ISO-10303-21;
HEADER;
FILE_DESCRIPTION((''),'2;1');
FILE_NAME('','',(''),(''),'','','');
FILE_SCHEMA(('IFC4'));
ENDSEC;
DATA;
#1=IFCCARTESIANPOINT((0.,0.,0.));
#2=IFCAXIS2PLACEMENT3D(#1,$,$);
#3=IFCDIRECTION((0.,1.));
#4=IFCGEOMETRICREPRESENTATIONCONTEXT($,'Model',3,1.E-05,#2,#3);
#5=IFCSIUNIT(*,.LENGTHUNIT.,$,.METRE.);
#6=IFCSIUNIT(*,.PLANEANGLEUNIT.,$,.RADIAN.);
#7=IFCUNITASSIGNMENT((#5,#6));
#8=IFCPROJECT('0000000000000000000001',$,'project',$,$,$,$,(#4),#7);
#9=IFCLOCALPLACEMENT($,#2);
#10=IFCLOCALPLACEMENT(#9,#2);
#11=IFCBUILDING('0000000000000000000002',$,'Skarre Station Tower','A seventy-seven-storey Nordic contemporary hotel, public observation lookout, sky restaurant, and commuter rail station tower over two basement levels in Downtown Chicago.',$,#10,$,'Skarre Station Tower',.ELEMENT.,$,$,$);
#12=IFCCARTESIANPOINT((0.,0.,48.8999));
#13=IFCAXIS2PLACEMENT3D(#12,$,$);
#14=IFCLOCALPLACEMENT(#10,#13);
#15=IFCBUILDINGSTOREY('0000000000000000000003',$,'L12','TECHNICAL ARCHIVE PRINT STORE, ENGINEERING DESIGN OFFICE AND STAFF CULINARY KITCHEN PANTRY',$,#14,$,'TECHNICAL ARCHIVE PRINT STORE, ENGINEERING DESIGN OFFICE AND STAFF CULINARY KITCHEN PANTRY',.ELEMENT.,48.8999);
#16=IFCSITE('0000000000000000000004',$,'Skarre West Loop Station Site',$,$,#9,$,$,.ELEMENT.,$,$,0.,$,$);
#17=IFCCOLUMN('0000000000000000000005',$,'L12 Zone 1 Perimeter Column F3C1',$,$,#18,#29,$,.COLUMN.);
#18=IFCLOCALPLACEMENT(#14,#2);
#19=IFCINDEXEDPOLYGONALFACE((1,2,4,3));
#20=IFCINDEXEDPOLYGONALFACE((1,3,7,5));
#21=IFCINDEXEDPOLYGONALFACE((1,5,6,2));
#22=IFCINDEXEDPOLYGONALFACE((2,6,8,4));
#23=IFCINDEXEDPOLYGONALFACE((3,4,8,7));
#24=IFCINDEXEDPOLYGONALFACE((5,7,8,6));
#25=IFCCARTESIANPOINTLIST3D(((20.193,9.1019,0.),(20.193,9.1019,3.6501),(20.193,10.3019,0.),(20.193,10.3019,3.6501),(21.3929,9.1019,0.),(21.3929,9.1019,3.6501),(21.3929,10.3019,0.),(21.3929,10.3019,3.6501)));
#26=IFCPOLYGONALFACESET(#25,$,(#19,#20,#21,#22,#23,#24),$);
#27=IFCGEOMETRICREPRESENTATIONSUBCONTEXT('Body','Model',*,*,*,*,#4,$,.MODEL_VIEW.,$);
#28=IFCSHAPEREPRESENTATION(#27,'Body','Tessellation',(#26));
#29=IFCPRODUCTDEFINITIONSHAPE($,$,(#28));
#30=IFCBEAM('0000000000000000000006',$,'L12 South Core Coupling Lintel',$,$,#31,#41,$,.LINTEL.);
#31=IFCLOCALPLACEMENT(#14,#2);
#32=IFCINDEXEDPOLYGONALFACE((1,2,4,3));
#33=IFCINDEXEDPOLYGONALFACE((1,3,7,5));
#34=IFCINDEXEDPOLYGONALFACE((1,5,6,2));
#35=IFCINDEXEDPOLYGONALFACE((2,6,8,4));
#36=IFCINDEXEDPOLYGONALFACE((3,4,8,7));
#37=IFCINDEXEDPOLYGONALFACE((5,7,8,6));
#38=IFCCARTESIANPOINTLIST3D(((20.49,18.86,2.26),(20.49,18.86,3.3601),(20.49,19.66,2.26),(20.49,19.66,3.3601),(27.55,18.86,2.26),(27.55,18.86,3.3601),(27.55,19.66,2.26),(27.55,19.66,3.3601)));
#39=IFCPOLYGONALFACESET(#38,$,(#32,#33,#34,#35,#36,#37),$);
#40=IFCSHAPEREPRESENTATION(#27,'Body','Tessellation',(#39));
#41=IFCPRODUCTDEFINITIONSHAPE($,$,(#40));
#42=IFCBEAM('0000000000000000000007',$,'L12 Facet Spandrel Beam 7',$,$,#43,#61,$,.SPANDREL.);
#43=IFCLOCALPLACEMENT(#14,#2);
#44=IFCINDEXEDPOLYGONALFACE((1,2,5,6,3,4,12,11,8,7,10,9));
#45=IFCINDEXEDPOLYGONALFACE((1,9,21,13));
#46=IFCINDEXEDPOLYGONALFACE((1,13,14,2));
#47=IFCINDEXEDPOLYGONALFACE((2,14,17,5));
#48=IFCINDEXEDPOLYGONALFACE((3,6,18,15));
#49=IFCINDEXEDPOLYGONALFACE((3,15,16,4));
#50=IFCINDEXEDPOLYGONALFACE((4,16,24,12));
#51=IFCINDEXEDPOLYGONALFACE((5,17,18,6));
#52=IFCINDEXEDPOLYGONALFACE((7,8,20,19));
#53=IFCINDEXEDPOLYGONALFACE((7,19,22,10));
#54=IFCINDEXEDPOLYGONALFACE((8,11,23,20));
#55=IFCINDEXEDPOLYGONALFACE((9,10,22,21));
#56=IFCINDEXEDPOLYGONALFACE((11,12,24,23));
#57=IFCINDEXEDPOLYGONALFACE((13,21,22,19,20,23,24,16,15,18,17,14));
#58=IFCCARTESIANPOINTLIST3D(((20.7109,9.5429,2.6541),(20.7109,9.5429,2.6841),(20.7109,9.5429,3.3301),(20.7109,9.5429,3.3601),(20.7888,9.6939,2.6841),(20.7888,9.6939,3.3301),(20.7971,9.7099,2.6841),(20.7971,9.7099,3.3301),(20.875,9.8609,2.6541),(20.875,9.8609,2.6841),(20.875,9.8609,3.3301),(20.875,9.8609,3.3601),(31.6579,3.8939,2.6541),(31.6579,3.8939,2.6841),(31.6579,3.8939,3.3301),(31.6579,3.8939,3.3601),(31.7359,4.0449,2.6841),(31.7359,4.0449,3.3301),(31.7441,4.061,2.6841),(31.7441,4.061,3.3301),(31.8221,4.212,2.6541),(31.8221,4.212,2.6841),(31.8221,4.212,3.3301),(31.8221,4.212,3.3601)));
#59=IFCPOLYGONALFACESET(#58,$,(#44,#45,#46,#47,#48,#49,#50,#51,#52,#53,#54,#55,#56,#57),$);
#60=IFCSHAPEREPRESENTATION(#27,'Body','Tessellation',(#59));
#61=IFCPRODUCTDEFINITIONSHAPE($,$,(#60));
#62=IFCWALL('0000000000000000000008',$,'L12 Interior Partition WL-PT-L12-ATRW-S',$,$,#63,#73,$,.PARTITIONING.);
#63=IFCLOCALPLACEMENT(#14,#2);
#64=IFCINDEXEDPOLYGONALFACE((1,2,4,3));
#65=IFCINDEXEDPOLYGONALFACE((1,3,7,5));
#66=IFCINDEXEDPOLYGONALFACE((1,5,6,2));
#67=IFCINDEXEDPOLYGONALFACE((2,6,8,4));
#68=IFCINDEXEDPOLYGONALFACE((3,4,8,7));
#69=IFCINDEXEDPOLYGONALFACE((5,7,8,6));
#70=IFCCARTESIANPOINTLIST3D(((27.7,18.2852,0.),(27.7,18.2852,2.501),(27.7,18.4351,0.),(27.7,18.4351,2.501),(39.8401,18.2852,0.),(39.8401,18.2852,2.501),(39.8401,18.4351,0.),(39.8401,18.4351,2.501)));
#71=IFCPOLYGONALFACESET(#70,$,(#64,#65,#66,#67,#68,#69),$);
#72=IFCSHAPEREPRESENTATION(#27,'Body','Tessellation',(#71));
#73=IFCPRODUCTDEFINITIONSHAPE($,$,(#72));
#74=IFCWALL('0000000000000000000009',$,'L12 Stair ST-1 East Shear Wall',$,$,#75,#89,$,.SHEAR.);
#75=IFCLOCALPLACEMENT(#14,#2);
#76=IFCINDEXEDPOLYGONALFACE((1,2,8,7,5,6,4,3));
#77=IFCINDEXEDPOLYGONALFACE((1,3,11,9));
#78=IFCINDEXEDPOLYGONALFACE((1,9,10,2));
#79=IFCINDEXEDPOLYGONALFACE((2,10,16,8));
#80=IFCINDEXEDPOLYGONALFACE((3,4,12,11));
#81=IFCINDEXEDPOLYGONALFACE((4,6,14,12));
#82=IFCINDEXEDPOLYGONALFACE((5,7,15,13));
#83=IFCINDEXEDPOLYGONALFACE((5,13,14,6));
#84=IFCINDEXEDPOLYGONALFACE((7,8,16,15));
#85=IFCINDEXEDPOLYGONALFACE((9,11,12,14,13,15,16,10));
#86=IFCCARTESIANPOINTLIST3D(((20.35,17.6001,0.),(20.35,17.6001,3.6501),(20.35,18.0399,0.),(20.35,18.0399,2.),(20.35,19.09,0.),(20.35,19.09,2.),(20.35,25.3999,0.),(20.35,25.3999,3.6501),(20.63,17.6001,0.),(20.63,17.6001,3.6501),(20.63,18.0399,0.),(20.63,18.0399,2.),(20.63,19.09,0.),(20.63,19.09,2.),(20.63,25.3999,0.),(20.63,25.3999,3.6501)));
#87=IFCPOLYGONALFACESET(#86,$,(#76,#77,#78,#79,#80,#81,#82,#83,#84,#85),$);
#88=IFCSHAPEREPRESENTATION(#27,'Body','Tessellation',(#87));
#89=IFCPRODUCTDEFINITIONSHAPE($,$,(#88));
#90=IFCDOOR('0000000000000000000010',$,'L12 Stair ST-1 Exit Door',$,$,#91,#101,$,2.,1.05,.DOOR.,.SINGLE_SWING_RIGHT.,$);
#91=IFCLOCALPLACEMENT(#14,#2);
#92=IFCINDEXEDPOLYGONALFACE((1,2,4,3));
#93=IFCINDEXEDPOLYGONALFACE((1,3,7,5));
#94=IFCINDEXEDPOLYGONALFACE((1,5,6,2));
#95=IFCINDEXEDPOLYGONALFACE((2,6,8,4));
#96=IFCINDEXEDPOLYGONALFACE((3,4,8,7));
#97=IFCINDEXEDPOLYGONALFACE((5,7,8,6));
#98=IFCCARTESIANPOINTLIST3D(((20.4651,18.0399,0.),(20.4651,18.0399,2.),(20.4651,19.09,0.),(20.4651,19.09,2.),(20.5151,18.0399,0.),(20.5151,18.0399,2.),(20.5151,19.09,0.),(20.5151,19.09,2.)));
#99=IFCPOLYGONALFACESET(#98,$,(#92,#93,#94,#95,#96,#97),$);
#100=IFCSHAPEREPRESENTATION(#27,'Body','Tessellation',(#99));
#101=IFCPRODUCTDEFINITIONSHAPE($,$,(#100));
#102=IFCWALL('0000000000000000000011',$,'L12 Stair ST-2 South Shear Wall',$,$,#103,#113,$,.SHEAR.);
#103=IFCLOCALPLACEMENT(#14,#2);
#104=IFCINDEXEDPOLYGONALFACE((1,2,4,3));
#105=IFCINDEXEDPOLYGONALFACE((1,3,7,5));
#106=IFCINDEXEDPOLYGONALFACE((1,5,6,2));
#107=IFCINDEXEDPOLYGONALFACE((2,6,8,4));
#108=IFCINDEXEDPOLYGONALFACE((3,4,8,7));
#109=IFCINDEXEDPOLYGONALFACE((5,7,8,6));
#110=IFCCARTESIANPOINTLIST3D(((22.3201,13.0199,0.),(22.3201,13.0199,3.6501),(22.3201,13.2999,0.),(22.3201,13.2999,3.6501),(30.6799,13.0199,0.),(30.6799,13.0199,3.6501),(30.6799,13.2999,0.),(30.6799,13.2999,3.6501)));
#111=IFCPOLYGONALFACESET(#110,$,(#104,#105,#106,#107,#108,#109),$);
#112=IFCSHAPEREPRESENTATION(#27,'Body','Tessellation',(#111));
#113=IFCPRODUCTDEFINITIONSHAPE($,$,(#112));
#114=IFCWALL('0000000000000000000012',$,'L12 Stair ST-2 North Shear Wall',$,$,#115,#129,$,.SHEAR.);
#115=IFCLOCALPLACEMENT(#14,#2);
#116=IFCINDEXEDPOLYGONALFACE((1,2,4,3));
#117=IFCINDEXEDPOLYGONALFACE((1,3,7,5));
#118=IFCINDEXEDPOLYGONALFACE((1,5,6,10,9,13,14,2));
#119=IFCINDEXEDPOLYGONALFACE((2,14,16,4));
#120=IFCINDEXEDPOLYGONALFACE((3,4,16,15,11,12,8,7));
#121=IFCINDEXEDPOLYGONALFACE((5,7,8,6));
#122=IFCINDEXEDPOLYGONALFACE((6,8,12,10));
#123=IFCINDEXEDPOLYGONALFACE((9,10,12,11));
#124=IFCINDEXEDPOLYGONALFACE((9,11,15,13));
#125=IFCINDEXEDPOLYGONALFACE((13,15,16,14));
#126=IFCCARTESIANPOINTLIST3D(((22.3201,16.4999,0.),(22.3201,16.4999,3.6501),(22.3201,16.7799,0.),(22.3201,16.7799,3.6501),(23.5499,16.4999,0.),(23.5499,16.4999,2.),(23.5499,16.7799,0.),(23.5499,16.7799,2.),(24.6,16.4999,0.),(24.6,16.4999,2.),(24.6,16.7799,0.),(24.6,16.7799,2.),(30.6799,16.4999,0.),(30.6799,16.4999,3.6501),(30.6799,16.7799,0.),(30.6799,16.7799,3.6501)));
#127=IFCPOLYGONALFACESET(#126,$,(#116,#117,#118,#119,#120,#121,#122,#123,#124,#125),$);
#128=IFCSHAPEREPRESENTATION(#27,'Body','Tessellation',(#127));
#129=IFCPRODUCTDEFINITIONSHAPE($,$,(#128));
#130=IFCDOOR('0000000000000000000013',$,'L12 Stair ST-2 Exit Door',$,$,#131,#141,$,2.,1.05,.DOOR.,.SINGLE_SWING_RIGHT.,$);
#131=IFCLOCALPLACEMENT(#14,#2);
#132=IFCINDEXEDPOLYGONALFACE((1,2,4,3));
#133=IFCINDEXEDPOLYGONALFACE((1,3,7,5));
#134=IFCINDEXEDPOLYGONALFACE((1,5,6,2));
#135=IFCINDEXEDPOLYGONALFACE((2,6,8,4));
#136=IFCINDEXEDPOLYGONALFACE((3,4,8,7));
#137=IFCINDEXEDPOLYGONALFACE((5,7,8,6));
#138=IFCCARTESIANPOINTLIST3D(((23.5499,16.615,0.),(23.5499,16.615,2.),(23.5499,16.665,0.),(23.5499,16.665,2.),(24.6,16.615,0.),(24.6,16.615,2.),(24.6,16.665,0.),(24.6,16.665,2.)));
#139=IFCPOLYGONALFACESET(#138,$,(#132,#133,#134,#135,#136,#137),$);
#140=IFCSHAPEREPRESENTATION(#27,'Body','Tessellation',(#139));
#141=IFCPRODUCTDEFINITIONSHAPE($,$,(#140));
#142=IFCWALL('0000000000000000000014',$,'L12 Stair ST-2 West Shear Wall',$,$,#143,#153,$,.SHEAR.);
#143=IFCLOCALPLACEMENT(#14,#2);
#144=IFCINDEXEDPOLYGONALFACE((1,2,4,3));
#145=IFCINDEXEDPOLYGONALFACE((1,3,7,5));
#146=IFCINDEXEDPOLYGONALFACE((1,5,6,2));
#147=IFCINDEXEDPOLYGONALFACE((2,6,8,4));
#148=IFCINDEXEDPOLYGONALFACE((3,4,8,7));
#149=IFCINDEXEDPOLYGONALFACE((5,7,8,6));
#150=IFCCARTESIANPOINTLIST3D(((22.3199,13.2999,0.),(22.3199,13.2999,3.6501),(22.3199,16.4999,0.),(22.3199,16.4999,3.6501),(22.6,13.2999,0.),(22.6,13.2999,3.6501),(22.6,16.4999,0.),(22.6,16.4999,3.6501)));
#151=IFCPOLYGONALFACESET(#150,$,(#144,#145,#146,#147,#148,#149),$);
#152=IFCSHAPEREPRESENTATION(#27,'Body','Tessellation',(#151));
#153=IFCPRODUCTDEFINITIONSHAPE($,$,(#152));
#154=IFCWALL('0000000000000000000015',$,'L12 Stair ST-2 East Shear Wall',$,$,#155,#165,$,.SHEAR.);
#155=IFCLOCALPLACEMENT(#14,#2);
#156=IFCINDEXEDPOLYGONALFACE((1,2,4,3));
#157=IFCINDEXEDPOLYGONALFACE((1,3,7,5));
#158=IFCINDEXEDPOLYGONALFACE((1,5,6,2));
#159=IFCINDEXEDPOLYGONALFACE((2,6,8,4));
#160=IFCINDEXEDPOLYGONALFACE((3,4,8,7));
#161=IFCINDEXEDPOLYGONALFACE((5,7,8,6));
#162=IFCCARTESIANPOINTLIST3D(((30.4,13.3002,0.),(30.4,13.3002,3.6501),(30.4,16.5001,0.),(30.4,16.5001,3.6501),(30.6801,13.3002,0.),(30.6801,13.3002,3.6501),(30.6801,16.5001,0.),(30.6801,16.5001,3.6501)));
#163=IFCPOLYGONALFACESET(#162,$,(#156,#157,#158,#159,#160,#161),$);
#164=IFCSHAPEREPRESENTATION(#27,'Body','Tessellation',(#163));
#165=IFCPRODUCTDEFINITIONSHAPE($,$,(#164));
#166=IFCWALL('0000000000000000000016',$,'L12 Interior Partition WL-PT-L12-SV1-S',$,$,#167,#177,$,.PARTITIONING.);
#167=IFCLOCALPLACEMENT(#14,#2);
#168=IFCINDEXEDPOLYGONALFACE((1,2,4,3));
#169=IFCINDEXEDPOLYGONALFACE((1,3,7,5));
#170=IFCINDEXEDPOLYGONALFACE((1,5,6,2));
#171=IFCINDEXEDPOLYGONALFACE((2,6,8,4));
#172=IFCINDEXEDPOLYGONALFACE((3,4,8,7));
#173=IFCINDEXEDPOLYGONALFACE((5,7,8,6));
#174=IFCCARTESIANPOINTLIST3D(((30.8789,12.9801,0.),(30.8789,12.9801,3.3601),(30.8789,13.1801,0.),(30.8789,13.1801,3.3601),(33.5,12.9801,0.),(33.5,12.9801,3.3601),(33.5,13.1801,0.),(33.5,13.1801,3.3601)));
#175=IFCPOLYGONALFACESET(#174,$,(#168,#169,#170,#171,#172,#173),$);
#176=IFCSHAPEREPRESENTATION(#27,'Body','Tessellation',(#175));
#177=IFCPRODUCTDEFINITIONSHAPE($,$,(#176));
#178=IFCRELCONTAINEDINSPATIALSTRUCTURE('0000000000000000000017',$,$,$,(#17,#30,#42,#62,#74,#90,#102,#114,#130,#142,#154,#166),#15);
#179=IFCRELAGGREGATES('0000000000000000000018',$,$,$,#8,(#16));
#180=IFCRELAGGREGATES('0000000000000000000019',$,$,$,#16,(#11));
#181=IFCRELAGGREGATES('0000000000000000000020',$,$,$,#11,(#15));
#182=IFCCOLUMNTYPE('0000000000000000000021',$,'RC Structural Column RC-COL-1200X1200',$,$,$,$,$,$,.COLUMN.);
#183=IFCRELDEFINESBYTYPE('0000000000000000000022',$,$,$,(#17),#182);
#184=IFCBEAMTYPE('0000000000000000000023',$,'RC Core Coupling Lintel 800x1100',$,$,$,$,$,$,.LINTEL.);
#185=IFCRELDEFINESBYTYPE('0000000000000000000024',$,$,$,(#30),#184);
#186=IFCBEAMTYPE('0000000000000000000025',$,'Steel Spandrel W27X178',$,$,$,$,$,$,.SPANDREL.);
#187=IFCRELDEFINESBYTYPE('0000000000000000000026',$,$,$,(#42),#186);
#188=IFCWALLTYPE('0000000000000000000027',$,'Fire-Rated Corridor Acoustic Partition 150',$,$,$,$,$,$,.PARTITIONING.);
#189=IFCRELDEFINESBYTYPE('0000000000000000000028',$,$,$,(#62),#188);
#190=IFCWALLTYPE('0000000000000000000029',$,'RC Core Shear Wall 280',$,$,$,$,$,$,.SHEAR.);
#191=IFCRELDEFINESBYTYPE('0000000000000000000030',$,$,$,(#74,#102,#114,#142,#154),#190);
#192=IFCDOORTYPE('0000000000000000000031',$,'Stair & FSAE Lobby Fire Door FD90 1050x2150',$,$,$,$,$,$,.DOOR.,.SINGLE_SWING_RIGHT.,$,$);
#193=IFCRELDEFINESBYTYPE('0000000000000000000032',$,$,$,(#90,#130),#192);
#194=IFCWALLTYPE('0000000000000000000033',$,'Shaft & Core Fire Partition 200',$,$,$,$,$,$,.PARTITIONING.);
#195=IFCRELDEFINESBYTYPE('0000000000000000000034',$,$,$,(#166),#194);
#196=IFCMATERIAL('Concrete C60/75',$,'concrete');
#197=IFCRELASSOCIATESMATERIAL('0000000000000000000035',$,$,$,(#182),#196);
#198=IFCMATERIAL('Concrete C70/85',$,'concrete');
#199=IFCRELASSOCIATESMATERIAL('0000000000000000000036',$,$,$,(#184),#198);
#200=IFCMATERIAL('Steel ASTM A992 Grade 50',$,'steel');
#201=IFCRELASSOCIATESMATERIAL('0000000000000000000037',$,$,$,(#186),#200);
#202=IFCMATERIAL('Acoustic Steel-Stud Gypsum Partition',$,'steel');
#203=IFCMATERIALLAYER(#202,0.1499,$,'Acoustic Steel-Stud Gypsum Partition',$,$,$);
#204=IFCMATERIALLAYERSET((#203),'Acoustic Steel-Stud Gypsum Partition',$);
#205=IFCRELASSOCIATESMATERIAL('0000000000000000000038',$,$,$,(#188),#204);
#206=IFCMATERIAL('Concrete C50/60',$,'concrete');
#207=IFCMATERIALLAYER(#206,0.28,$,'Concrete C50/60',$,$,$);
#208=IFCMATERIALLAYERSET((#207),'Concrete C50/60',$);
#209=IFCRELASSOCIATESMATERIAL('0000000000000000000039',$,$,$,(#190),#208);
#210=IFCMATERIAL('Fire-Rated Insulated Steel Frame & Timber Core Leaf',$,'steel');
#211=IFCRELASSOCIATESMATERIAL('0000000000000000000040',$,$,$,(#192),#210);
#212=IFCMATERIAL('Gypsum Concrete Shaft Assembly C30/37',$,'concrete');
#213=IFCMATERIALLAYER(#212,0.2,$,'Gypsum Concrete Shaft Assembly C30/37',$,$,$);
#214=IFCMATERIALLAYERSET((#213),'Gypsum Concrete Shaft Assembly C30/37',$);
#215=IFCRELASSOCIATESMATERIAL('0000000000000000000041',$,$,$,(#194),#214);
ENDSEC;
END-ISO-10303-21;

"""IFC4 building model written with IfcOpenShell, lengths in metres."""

from ifc_helpers import new_model, si_unit, direction, frame, frame_2d, origin, origin_2d, place, context, subcontext, project, spatial, rectangle, i_section, extrude, material, layer, layer_set, material_profile, profile_set, type_object, element, fill, save


model = new_model("IFC4")

# Units and contexts
model_context = context("Model", 3, precision=1e-05, world=origin(), true_north=direction((0.0, 1.0)))
body_context = subcontext(model_context, "Body", "Model", "MODEL_VIEW")
ifc_project = project(units=[si_unit("LENGTHUNIT", "METRE"), si_unit("PLANEANGLEUNIT", "RADIAN")], contexts=[model_context])

# Site, building, storey
site_placement = place(None, origin())
site = spatial("IfcSite", under=ifc_project, at=site_placement, Name="Skarre West Loop Station Site", CompositionType="ELEMENT", RefElevation=0.0)
building_placement = place(site_placement, origin())
building = spatial("IfcBuilding", under=site, at=building_placement, Name="Skarre Station Tower", Description="A seventy-seven-storey Nordic contemporary hotel, public observation lookout, sky restaurant, and commuter rail station tower over two basement levels in Downtown Chicago.", LongName="Skarre Station Tower", CompositionType="ELEMENT")
storey_placement = place(building_placement, frame((0.0, 0.0, 48.8999)))
storey = spatial("IfcBuildingStorey", under=building, at=storey_placement, Name="L12", Description="TECHNICAL ARCHIVE PRINT STORE, ENGINEERING DESIGN OFFICE AND STAFF CULINARY KITCHEN PANTRY", LongName="TECHNICAL ARCHIVE PRINT STORE, ENGINEERING DESIGN OFFICE AND STAFF CULINARY KITCHEN PANTRY", CompositionType="ELEMENT", Elevation=48.8999)

# Column
ifc_material_1 = material(Name="Concrete C60/75", Category="concrete")
ifc_material_profile_1 = material_profile(ifc_material_1, rectangle(XDim=1.2, YDim=1.2, at=origin_2d()), Name="Concrete C60/75")
ifc_profile_set_1 = profile_set([ifc_material_profile_1], Name="Concrete C60/75")
column_type = type_object("IfcColumnType", Name="RC Structural Column RC-COL-1200X1200", PredefinedType="COLUMN", material=ifc_profile_set_1)
column_placement = place(storey_placement, frame((20.793, 9.7019, 0.0), z_axis=(0.0, 0.0, 1.0), x_axis=(1.0, 0.0, 0.0)))
element("IfcColumn", 1, at=column_placement, inside=storey, type_object=column_type, Name="L12 Zone 1 Perimeter Column F3C1", PredefinedType="COLUMN", context=body_context, shape_type="SweptSolid", body=[
    extrude(rectangle(XDim=1.2, YDim=1.2, at=origin_2d()), origin(), (0.0, 0.0, 1.0), 3.6501),
])

# Beams
ifc_material_2 = material(Name="Concrete C70/85", Category="concrete")
ifc_material_profile_2 = material_profile(ifc_material_2, rectangle(XDim=0.8, YDim=1.1001, at=origin_2d()), Name="Concrete C70/85")
ifc_profile_set_2 = profile_set([ifc_material_profile_2], Name="Concrete C70/85")
beam_type_1 = type_object("IfcBeamType", Name="RC Core Coupling Lintel 800x1100", PredefinedType="LINTEL", material=ifc_profile_set_2)
beam_1_placement = place(storey_placement, frame((20.49, 19.26, 2.8101), z_axis=(1.0, 0.0, 0.0), x_axis=(0.0, 1.0, 0.0)))
element("IfcBeam", 2, at=beam_1_placement, inside=storey, type_object=beam_type_1, Name="L12 South Core Coupling Lintel", PredefinedType="LINTEL", context=body_context, shape_type="SweptSolid", body=[
    extrude(rectangle(XDim=0.8, YDim=1.1001, at=origin_2d()), origin(), (0.0, 0.0, 1.0), 7.0601),
])
ifc_material_3 = material(Name="Steel ASTM A992 Grade 50", Category="steel")
ifc_material_profile_3 = material_profile(ifc_material_3, i_section(OverallWidth=0.3579, OverallDepth=0.7061, WebThickness=0.0181, FlangeThickness=0.03, at=origin_2d()), Name="Steel ASTM A992 Grade 50")
ifc_profile_set_3 = profile_set([ifc_material_profile_3], Name="Steel ASTM A992 Grade 50")
beam_type_2 = type_object("IfcBeamType", Name="Steel Spandrel W27X178", PredefinedType="SPANDREL", material=ifc_profile_set_3)
beam_2_placement = place(storey_placement, frame((20.793, 9.7019, 3.0071), z_axis=(0.888659, -0.458569, 0.0), x_axis=(0.458569, 0.888659, 0.0)))
element("IfcBeam", 3, at=beam_2_placement, inside=storey, type_object=beam_type_2, Name="L12 Facet Spandrel Beam 7", PredefinedType="SPANDREL", context=body_context, shape_type="SweptSolid", body=[
    extrude(i_section(OverallWidth=0.3579, OverallDepth=0.7061, WebThickness=0.0181, FlangeThickness=0.03, at=origin_2d()), origin(), (0.0, 0.0, 1.0), 12.3186),
])

# Wall
ifc_material_4 = material(Name="Acoustic Steel-Stud Gypsum Partition", Category="steel")
ifc_layer_1 = layer(ifc_material_4, 0.1499, Name="Acoustic Steel-Stud Gypsum Partition")
ifc_layer_set_1 = layer_set([ifc_layer_1], Name="Acoustic Steel-Stud Gypsum Partition")
wall_type_1 = type_object("IfcWallType", Name="Fire-Rated Corridor Acoustic Partition 150", PredefinedType="PARTITIONING", material=ifc_layer_set_1)
wall_1_placement = place(storey_placement, frame((27.7, 18.3601, 0.0), z_axis=(0.0, 0.0, 1.0), x_axis=(1.0, 0.0, 0.0)))
element("IfcWall", 4, at=wall_1_placement, inside=storey, type_object=wall_type_1, Name="L12 Interior Partition WL-PT-L12-ATRW-S", PredefinedType="PARTITIONING", context=body_context, shape_type="SweptSolid", body=[
    extrude(rectangle(XDim=12.1401, YDim=0.1499, at=frame_2d((6.0701, 0.0))), origin(), (0.0, 0.0, 1.0), 2.501),
])

# Wall, opening, door
ifc_material_5 = material(Name="Concrete C50/60", Category="concrete")
ifc_layer_2 = layer(ifc_material_5, 0.28, Name="Concrete C50/60")
ifc_layer_set_2 = layer_set([ifc_layer_2], Name="Concrete C50/60")
wall_type_2 = type_object("IfcWallType", Name="RC Core Shear Wall 280", PredefinedType="SHEAR", material=ifc_layer_set_2)
wall_2_placement = place(storey_placement, frame((20.49, 17.6001, 0.0), z_axis=(0.0, 0.0, 1.0), x_axis=(0.0, 1.0, 0.0)))
wall_2 = element("IfcWall", 5, at=wall_2_placement, inside=storey, type_object=wall_type_2, Name="L12 Stair ST-1 East Shear Wall", PredefinedType="SHEAR", context=body_context, shape_type="SweptSolid", body=[
    extrude(rectangle(XDim=7.7998, YDim=0.28, at=frame_2d((3.8999, 0.0))), origin(), (0.0, 0.0, 1.0), 3.6501),
])
opening_1_placement = place(wall_2_placement, frame((0.4399, 0.0, 0.0)))
opening_1 = element("IfcOpeningElement", 6, at=opening_1_placement, cuts=wall_2, PredefinedType="OPENING", context=body_context, shape_type="SweptSolid", body=[
    extrude(rectangle(XDim=1.05, YDim=2.0, at=frame_2d((0.5249, 1.0))), frame((0.0, 0.1499, 0.0), z_axis=(0.0, -1.0, 0.0), x_axis=(1.0, 0.0, 0.0)), (0.0, 0.0, 1.0), 0.3),
])
ifc_material_6 = material(Name="Fire-Rated Insulated Steel Frame & Timber Core Leaf", Category="steel")
door_type = type_object("IfcDoorType", Name="Stair & FSAE Lobby Fire Door FD90 1050x2150", OperationType="SINGLE_SWING_RIGHT", PredefinedType="DOOR", material=ifc_material_6)
door_1_placement = place(opening_1_placement, origin())
door_1 = element("IfcDoor", 7, at=door_1_placement, inside=storey, type_object=door_type, Name="L12 Stair ST-1 Exit Door", OperationType="SINGLE_SWING_RIGHT", OverallHeight=2.0, OverallWidth=1.05, PredefinedType="DOOR", context=body_context, shape_type="SweptSolid", body=[
    extrude(rectangle(XDim=1.05, YDim=2.0, at=frame_2d((0.5249, 1.0))), frame((0.0, 0.0249, 0.0), z_axis=(0.0, -1.0, 0.0), x_axis=(1.0, 0.0, 0.0)), (0.0, 0.0, 1.0), 0.05),
])
fill(opening_1, door_1)

# Wall
wall_3_placement = place(storey_placement, frame((22.3201, 13.1599, 0.0), z_axis=(0.0, 0.0, 1.0), x_axis=(1.0, 0.0, 0.0)))
element("IfcWall", 8, at=wall_3_placement, inside=storey, type_object=wall_type_2, Name="L12 Stair ST-2 South Shear Wall", PredefinedType="SHEAR", context=body_context, shape_type="SweptSolid", body=[
    extrude(rectangle(XDim=8.3599, YDim=0.28, at=frame_2d((4.1799, 0.0))), origin(), (0.0, 0.0, 1.0), 3.6501),
])

# Wall, opening, door
wall_4_placement = place(storey_placement, frame((30.6799, 16.6399, 0.0), z_axis=(0.0, 0.0, 1.0), x_axis=(-1.0, 0.0, 0.0)))
wall_4 = element("IfcWall", 9, at=wall_4_placement, inside=storey, type_object=wall_type_2, Name="L12 Stair ST-2 North Shear Wall", PredefinedType="SHEAR", context=body_context, shape_type="SweptSolid", body=[
    extrude(rectangle(XDim=8.3599, YDim=0.28, at=frame_2d((4.1799, 0.0))), origin(), (0.0, 0.0, 1.0), 3.6501),
])
opening_2_placement = place(wall_4_placement, frame((6.0801, 0.0, 0.0)))
opening_2 = element("IfcOpeningElement", 10, at=opening_2_placement, cuts=wall_4, PredefinedType="OPENING", context=body_context, shape_type="SweptSolid", body=[
    extrude(rectangle(XDim=1.05, YDim=2.0, at=frame_2d((0.5249, 1.0))), frame((0.0, 0.1499, 0.0), z_axis=(0.0, -1.0, 0.0), x_axis=(1.0, 0.0, 0.0)), (0.0, 0.0, 1.0), 0.3),
])
door_2_placement = place(opening_2_placement, origin())
door_2 = element("IfcDoor", 11, at=door_2_placement, inside=storey, type_object=door_type, Name="L12 Stair ST-2 Exit Door", OperationType="SINGLE_SWING_RIGHT", OverallHeight=2.0, OverallWidth=1.05, PredefinedType="DOOR", context=body_context, shape_type="SweptSolid", body=[
    extrude(rectangle(XDim=1.05, YDim=2.0, at=frame_2d((0.5249, 1.0))), frame((0.0, 0.0249, 0.0), z_axis=(0.0, -1.0, 0.0), x_axis=(1.0, 0.0, 0.0)), (0.0, 0.0, 1.0), 0.05),
])
fill(opening_2, door_2)

# Walls
for number, where, z_axis, x_axis, name in (
    (12, (22.46, 16.5, 0.0), (0.0, 0.0, 1.0), (0.0, -1.0, 0.0), "L12 Stair ST-2 West Shear Wall"),
    (13, (30.54, 13.3, 0.0), (0.0, 0.0, 1.0), (0.0, 1.0, 0.0), "L12 Stair ST-2 East Shear Wall"),
):
    element("IfcWall", number, at=place(storey_placement, frame(where, z_axis=z_axis, x_axis=x_axis)), inside=storey, type_object=wall_type_2, Name=name, PredefinedType="SHEAR", context=body_context, shape_type="SweptSolid", body=[
        extrude(rectangle(XDim=3.2, YDim=0.28, at=frame_2d((1.6001, 0.0))), origin(), (0.0, 0.0, 1.0), 3.6501),
    ])
ifc_material_7 = material(Name="Gypsum Concrete Shaft Assembly C30/37", Category="concrete")
ifc_layer_3 = layer(ifc_material_7, 0.2, Name="Gypsum Concrete Shaft Assembly C30/37")
ifc_layer_set_3 = layer_set([ifc_layer_3], Name="Gypsum Concrete Shaft Assembly C30/37")
wall_type_3 = type_object("IfcWallType", Name="Shaft & Core Fire Partition 200", PredefinedType="PARTITIONING", material=ifc_layer_set_3)
wall_5_placement = place(storey_placement, frame((30.8789, 13.0801, 0.0), z_axis=(0.0, 0.0, 1.0), x_axis=(1.0, 0.0, 0.0)))
element("IfcWall", 14, at=wall_5_placement, inside=storey, type_object=wall_type_3, Name="L12 Interior Partition WL-PT-L12-SV1-S", PredefinedType="PARTITIONING", context=body_context, shape_type="SweptSolid", body=[
    extrude(rectangle(XDim=2.6211, YDim=0.2, at=frame_2d((1.3105, 0.0))), origin(), (0.0, 0.0, 1.0), 3.3601),
])

save(model, "model.ifc")
